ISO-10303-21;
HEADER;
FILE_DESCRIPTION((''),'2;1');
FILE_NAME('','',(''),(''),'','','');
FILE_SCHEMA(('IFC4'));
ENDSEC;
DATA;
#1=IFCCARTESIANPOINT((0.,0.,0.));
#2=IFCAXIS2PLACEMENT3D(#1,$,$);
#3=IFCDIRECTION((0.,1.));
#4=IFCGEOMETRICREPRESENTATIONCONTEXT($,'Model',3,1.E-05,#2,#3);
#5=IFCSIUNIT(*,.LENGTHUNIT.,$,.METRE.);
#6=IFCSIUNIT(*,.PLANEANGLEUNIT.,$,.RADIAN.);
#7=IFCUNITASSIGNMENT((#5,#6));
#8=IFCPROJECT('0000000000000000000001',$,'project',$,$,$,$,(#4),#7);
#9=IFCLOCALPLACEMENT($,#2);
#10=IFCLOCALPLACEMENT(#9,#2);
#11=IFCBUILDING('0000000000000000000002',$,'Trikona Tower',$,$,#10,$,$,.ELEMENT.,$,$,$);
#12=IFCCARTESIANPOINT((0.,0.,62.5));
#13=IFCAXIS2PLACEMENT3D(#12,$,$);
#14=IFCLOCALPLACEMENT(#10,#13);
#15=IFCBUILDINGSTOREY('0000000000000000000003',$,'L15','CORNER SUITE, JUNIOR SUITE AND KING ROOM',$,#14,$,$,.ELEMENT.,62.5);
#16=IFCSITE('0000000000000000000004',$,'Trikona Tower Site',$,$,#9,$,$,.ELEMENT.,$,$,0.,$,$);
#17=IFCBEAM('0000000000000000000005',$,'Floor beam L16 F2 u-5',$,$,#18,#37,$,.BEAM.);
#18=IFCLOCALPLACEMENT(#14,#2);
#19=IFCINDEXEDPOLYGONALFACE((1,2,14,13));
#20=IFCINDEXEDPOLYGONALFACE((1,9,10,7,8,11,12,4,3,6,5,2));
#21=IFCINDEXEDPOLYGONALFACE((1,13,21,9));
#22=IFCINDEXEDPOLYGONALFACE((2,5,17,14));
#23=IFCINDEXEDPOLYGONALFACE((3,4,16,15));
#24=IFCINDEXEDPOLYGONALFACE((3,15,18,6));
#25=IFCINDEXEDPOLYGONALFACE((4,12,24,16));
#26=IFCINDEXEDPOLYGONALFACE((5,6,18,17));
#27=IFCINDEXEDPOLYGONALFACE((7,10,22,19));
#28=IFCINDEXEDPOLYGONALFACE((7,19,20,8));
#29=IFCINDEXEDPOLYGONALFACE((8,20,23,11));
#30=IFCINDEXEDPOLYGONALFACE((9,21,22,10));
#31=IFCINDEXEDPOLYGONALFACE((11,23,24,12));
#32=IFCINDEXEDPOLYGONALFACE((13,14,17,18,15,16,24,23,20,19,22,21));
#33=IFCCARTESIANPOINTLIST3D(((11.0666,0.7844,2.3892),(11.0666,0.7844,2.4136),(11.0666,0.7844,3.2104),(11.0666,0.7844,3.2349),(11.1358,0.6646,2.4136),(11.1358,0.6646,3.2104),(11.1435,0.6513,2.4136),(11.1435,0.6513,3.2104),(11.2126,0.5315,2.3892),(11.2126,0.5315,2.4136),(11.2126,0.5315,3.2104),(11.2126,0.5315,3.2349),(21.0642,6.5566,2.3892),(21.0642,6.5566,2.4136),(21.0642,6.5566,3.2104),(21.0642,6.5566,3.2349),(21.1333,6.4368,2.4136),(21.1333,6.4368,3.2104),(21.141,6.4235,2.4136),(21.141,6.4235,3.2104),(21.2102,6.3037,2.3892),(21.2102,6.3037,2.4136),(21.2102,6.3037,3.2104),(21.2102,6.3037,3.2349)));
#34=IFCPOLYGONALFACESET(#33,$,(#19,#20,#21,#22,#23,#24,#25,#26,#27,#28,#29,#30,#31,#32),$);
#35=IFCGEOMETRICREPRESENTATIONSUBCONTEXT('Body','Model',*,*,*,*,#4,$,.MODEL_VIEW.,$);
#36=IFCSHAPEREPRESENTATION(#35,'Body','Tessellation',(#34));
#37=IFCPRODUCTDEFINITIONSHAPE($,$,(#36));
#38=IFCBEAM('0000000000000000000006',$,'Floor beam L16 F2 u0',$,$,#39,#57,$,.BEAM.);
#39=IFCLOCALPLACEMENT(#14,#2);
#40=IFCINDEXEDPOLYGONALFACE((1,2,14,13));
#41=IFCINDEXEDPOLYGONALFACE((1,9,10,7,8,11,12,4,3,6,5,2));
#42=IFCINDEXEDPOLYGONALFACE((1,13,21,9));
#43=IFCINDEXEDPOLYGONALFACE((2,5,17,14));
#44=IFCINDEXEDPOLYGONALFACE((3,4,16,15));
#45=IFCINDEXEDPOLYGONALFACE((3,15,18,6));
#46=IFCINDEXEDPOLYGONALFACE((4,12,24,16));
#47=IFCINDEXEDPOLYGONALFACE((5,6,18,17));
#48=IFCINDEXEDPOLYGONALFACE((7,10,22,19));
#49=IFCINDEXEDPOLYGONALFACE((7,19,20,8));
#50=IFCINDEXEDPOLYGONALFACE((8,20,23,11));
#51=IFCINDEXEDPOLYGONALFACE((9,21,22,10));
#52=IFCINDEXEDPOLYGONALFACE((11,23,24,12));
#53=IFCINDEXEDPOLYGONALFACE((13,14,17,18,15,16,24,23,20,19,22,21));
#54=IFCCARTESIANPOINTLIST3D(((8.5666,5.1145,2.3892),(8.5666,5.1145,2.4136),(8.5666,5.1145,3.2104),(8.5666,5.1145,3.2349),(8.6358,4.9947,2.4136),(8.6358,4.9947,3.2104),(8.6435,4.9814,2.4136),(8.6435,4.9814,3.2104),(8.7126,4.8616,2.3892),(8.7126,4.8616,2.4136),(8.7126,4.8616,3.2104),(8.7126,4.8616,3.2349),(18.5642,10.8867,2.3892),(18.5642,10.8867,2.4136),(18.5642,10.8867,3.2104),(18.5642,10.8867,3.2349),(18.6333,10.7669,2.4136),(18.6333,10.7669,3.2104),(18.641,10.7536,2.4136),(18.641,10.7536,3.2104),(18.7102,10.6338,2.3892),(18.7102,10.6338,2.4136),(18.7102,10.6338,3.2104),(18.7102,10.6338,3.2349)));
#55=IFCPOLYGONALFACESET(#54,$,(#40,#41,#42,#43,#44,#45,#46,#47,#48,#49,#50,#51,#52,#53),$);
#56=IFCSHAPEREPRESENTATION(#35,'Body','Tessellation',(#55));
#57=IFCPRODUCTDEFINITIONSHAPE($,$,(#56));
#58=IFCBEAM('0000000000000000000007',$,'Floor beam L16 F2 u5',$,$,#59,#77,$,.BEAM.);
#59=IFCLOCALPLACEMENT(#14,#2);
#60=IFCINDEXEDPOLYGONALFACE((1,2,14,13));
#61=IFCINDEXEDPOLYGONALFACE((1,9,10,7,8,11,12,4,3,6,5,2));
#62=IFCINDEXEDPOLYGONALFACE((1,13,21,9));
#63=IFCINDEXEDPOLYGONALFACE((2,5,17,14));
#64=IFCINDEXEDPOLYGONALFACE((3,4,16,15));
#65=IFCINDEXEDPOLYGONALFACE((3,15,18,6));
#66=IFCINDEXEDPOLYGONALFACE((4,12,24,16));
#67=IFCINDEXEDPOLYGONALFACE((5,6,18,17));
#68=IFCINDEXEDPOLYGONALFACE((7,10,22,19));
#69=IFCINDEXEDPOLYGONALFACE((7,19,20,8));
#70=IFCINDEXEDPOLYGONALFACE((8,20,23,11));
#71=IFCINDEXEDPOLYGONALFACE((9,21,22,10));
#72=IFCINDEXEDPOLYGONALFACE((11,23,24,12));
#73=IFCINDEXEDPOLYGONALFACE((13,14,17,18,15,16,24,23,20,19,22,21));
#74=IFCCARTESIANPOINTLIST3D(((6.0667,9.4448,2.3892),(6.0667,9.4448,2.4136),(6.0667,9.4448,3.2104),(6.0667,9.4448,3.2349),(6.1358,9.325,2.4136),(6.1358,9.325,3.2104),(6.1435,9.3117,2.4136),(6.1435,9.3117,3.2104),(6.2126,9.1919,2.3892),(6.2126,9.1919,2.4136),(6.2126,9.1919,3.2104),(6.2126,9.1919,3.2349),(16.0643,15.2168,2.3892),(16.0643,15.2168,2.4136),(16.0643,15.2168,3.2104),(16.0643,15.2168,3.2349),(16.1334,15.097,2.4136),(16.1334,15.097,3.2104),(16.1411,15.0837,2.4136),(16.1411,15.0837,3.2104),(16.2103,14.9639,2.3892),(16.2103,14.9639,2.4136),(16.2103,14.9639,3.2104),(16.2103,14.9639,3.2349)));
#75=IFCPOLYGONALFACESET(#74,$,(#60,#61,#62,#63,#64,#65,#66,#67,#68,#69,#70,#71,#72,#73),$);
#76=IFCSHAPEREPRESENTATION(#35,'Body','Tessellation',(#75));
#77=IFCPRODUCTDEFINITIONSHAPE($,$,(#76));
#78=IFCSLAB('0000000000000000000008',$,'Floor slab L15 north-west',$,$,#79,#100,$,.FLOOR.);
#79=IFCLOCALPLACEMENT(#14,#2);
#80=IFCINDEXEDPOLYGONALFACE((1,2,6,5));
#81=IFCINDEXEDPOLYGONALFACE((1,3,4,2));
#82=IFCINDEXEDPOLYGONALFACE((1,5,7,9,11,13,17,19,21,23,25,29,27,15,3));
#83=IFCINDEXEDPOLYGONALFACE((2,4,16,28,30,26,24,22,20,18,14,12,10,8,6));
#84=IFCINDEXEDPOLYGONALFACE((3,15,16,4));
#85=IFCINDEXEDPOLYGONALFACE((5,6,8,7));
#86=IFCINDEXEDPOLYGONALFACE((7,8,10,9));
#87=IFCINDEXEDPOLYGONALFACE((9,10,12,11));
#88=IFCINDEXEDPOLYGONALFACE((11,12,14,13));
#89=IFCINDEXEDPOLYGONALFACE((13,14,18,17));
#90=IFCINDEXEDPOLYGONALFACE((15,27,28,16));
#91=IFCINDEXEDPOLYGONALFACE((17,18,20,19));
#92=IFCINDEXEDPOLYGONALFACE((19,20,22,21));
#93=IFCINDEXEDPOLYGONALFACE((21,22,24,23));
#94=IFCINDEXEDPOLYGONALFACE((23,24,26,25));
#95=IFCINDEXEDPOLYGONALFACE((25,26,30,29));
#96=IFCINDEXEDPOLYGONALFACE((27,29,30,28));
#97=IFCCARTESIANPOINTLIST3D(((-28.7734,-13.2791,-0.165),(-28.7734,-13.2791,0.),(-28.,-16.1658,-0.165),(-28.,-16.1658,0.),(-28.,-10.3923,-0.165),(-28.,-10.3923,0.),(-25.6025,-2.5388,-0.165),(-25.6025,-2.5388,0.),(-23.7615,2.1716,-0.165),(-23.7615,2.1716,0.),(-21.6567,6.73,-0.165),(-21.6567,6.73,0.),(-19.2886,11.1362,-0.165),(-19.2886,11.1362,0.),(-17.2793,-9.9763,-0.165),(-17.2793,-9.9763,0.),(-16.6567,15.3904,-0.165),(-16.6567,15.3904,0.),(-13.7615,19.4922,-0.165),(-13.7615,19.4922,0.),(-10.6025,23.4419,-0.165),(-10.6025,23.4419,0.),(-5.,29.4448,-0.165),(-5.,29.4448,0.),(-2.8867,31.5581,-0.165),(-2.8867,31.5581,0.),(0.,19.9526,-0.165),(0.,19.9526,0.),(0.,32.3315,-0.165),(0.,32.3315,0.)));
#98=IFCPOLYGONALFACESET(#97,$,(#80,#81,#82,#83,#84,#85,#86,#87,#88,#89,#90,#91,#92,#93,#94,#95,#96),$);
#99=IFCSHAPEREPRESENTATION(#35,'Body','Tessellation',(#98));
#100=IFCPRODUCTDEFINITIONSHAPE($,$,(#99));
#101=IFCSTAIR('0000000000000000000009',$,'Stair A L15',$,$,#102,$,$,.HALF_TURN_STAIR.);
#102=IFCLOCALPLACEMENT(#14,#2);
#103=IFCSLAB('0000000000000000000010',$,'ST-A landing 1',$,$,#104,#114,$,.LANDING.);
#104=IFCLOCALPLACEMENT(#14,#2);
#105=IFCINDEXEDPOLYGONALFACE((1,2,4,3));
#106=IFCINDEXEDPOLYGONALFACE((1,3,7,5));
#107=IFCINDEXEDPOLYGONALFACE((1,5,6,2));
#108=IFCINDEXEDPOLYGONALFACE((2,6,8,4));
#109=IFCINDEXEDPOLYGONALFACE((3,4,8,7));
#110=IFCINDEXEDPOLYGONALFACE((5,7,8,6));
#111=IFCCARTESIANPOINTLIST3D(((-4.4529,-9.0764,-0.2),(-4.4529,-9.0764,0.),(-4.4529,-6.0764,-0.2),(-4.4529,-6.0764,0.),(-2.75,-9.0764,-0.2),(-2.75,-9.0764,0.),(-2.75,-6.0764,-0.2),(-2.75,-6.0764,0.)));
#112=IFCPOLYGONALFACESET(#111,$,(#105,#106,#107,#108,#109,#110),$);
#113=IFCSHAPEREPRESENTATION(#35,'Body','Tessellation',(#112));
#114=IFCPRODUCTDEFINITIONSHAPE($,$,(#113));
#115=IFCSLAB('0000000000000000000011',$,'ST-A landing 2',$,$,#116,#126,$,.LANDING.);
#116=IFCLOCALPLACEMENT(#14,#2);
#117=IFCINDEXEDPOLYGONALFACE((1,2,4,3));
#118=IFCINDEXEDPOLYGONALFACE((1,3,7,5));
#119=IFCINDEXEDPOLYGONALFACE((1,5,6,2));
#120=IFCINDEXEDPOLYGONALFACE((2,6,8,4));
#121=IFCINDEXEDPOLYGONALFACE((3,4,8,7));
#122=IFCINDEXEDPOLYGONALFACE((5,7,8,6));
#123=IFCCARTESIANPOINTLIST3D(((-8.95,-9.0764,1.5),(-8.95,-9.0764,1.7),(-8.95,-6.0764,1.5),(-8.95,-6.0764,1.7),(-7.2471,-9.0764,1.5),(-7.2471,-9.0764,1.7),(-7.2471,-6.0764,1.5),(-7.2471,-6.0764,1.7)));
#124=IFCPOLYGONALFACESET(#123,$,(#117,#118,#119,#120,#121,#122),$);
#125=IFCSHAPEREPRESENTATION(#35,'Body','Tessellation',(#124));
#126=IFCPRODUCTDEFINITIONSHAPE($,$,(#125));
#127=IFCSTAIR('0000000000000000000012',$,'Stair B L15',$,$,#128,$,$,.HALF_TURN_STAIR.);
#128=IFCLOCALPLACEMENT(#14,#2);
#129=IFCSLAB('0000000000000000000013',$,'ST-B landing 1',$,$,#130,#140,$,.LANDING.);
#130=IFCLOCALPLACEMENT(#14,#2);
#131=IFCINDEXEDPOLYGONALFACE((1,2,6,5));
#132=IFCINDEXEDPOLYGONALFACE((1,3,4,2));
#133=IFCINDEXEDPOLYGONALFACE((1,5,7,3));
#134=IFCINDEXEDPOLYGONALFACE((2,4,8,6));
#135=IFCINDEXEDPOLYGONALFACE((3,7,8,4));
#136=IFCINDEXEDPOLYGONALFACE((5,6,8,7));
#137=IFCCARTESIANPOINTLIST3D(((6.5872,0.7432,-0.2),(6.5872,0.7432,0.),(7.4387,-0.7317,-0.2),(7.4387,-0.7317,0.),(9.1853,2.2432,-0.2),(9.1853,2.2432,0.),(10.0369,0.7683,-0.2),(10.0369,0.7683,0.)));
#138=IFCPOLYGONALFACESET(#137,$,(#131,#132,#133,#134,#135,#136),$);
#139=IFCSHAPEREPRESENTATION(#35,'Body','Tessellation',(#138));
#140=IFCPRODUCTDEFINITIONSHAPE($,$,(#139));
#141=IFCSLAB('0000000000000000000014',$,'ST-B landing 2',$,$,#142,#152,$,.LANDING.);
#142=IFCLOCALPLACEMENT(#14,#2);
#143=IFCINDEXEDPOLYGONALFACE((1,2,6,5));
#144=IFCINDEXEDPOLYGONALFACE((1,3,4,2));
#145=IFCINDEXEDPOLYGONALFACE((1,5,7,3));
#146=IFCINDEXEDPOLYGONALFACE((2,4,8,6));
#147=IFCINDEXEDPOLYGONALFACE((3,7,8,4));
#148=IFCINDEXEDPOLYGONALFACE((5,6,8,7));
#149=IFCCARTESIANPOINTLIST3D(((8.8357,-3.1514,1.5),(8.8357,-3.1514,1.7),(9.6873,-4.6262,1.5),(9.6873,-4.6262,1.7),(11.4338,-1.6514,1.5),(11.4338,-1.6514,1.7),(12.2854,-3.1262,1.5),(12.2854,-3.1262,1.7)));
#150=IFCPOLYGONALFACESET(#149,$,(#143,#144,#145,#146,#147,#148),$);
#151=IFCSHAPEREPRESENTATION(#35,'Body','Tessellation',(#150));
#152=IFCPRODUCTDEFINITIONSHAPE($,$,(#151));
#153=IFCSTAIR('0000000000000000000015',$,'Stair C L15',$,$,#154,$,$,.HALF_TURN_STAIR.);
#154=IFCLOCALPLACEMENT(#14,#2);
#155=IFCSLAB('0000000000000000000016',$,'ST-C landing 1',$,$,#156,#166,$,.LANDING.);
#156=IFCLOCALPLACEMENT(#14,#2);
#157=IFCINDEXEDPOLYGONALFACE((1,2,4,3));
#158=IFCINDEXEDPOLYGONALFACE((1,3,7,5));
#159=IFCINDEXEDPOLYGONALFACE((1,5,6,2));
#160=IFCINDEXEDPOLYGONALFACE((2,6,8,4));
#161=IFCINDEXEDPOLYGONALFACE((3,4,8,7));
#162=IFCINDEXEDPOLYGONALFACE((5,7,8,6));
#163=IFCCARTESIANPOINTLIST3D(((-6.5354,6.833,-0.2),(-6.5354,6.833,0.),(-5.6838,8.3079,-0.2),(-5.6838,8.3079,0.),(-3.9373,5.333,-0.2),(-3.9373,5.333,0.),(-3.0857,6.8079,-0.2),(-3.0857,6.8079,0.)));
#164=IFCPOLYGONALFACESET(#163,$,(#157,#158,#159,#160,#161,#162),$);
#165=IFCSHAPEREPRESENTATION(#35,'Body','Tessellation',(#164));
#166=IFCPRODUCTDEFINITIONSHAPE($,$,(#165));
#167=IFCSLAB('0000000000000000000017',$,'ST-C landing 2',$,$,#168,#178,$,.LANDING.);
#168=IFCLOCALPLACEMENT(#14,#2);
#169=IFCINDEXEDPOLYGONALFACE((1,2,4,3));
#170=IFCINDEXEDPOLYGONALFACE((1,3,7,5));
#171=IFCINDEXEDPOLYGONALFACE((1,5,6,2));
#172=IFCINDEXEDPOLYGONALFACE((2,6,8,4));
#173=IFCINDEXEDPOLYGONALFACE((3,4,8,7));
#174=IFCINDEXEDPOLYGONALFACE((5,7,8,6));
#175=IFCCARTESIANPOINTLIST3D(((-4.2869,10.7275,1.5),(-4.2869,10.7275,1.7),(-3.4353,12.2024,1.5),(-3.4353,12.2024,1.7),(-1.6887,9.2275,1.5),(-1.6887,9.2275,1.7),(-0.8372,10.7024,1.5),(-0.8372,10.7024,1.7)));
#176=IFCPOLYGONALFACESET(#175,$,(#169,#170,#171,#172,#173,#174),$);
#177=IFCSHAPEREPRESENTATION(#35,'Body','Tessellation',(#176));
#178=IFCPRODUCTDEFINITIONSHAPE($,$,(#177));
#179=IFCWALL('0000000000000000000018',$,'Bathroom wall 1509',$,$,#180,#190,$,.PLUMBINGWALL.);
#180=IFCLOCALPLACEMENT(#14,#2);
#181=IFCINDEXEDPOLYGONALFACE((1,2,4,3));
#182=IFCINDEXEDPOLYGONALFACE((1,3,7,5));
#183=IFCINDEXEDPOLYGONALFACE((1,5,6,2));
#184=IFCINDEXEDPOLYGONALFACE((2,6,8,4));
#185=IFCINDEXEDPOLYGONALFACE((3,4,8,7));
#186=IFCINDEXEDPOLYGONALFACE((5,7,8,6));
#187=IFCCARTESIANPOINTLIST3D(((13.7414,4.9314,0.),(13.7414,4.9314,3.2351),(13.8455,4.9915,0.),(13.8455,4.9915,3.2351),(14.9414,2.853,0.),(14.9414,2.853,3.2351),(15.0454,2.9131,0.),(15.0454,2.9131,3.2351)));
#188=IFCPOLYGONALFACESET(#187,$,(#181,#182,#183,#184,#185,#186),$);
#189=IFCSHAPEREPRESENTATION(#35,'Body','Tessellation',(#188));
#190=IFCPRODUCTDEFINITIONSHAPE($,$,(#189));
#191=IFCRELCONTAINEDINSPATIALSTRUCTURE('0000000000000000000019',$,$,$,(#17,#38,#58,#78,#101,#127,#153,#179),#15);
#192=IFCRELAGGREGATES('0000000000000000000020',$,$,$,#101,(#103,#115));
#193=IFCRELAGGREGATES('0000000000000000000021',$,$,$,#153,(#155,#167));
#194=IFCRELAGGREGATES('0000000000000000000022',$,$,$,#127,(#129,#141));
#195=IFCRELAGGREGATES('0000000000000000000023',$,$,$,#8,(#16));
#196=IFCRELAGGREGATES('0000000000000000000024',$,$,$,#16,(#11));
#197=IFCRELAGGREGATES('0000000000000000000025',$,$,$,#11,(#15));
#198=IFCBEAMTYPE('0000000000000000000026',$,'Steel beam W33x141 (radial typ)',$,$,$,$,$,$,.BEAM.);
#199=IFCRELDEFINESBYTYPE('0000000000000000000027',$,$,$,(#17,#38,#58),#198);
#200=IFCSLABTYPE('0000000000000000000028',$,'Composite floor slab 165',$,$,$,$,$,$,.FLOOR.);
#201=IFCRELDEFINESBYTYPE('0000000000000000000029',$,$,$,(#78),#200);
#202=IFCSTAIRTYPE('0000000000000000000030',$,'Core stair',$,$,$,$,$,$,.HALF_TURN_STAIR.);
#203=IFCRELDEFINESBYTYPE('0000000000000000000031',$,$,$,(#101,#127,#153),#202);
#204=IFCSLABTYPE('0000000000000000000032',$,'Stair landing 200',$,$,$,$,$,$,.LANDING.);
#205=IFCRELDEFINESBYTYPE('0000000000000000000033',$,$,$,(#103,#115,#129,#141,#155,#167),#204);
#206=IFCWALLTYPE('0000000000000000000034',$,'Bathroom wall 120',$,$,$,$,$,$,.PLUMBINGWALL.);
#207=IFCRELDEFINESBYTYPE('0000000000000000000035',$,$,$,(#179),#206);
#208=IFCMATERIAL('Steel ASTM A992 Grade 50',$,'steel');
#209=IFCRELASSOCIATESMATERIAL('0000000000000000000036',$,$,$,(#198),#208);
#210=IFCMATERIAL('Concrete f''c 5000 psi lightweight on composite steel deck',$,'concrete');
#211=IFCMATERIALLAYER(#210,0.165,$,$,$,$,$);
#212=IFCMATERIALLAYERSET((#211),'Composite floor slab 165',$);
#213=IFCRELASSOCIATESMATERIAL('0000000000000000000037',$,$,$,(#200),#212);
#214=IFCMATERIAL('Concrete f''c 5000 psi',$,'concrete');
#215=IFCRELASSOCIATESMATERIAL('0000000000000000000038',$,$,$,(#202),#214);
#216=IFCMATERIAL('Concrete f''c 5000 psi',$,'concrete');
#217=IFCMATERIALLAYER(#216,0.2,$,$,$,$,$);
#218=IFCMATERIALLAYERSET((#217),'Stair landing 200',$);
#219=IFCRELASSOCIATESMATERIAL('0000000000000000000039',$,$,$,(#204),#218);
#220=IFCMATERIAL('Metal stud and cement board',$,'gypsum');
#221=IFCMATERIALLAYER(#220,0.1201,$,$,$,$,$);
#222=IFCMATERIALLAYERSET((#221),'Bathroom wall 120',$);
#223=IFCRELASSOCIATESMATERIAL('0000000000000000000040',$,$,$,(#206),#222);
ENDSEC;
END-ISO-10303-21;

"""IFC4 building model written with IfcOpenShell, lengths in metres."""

from ifc_helpers import new_model, si_unit, direction, frame, frame_2d, origin, origin_2d, place, context, subcontext, project, spatial, polyline, rectangle, i_section, outline, extrude, material, layer, layer_set, material_profile, profile_set, type_object, element, aggregate, save


model = new_model("IFC4")

# Units and contexts
model_context = context("Model", 3, precision=1e-05, world=origin(), true_north=direction((0.0, 1.0)))
body_context = subcontext(model_context, "Body", "Model", "MODEL_VIEW")
ifc_project = project(units=[si_unit("LENGTHUNIT", "METRE"), si_unit("PLANEANGLEUNIT", "RADIAN")], contexts=[model_context])

# Site, building, storey
site_placement = place(None, origin())
site = spatial("IfcSite", under=ifc_project, at=site_placement, Name="Trikona Tower Site", CompositionType="ELEMENT", RefElevation=0.0)
building_placement = place(site_placement, origin())
building = spatial("IfcBuilding", under=site, at=building_placement, Name="Trikona Tower", CompositionType="ELEMENT")
storey_placement = place(building_placement, frame((0.0, 0.0, 62.5)))
storey = spatial("IfcBuildingStorey", under=building, at=storey_placement, Name="L15", Description="CORNER SUITE, JUNIOR SUITE AND KING ROOM", CompositionType="ELEMENT", Elevation=62.5)

# Beams
ifc_material_1 = material(Name="Steel ASTM A992 Grade 50", Category="steel")
ifc_material_profile = material_profile(ifc_material_1, i_section(OverallWidth=0.292, OverallDepth=0.8457, WebThickness=0.0154, FlangeThickness=0.0244, at=origin_2d()), Name="W33X141")
ifc_profile_set = profile_set([ifc_material_profile], Name="Steel ASTM A992 Grade 50")
beam_type = type_object("IfcBeamType", Name="Steel beam W33x141 (radial typ)", PredefinedType="BEAM", material=ifc_profile_set)
for number, where, z_axis, x_axis, name in (
    (1, (11.1396, 0.658, 2.812), (0.866021, 0.500008, 0.0), (-0.500008, 0.866021, 0.0), "Floor beam L16 F2 u-5"),
    (2, (8.6396, 4.988, 2.812), (0.866021, 0.500008, 0.0), (-0.500008, 0.866021, 0.0), "Floor beam L16 F2 u0"),
    (3, (6.1396, 9.3184, 2.812), (0.86603, 0.499992, 0.0), (-0.499992, 0.86603, 0.0), "Floor beam L16 F2 u5"),
):
    element("IfcBeam", number, at=place(storey_placement, frame(where, z_axis=z_axis, x_axis=x_axis)), inside=storey, type_object=beam_type, Name=name, PredefinedType="BEAM", context=body_context, shape_type="SweptSolid", body=[
        extrude(i_section(OverallWidth=0.292, OverallDepth=0.8457, WebThickness=0.0154, FlangeThickness=0.0244, at=origin_2d()), origin(), (0.0, 0.0, 1.0), 11.5442),
    ])

# Slab
ifc_material_2 = material(Name="Concrete f'c 5000 psi lightweight on composite steel deck", Category="concrete")
ifc_layer_1 = layer(ifc_material_2, 0.165)
ifc_layer_set_1 = layer_set([ifc_layer_1], Name="Composite floor slab 165")
slab_type_1 = type_object("IfcSlabType", Name="Composite floor slab 165", PredefinedType="FLOOR", material=ifc_layer_set_1)
slab_1_placement = place(storey_placement, frame((0.0, 0.0, -0.165)))
element("IfcSlab", 4, at=slab_1_placement, inside=storey, type_object=slab_type_1, Name="Floor slab L15 north-west", PredefinedType="FLOOR", context=body_context, shape_type="SweptSolid", body=[
    extrude(outline(polyline([(0.0, 19.9526), (0.0, 32.3315), (-2.8867, 31.5581), (-5.0, 29.4448), (-10.6025, 23.4419), (-13.7615, 19.4922), (-16.6567, 15.3904), (-19.2886, 11.1362), (-21.6567, 6.73), (-23.7615, 2.1716), (-25.6025, -2.5388), (-28.0, -10.3923), (-28.7734, -13.2791), (-28.0, -16.1658), (-17.2793, -9.9763), (0.0, 19.9526)])), origin(), (0.0, 0.0, 1.0), 0.165),
])

# Stairs, slabs
ifc_material_3 = material(Name="Concrete f'c 5000 psi", Category="concrete")
stair_type = type_object("IfcStairType", Name="Core stair", PredefinedType="HALF_TURN_STAIR", material=ifc_material_3)
stair_1_placement = place(storey_placement, origin())
stair_1 = element("IfcStair", 5, at=stair_1_placement, inside=storey, type_object=stair_type, Name="Stair A L15", PredefinedType="HALF_TURN_STAIR")
ifc_material_4 = material(Name="Concrete f'c 5000 psi", Category="concrete")
ifc_layer_2 = layer(ifc_material_4, 0.2)
ifc_layer_set_2 = layer_set([ifc_layer_2], Name="Stair landing 200")
slab_type_2 = type_object("IfcSlabType", Name="Stair landing 200", PredefinedType="LANDING", material=ifc_layer_set_2)
slab_2_placement = place(storey_placement, frame((0.0, 0.0, -0.2)))
slab_2 = element("IfcSlab", 6, at=slab_2_placement, type_object=slab_type_2, Name="ST-A landing 1", PredefinedType="LANDING", context=body_context, shape_type="SweptSolid", body=[
    extrude(outline(polyline([(-4.4529, -6.0764), (-2.75, -6.0764), (-2.75, -9.0764), (-4.4529, -9.0764), (-4.4529, -6.0764)])), origin(), (0.0, 0.0, 1.0), 0.2),
])
slab_3_placement = place(storey_placement, frame((0.0, 0.0, 1.5)))
slab_3 = element("IfcSlab", 7, at=slab_3_placement, type_object=slab_type_2, Name="ST-A landing 2", PredefinedType="LANDING", context=body_context, shape_type="SweptSolid", body=[
    extrude(outline(polyline([(-8.95, -6.0764), (-7.2471, -6.0764), (-7.2471, -9.0764), (-8.95, -9.0764), (-8.95, -6.0764)])), origin(), (0.0, 0.0, 1.0), 0.2),
])
aggregate(stair_1, [slab_2, slab_3])
stair_2_placement = place(storey_placement, origin())
stair_2 = element("IfcStair", 8, at=stair_2_placement, inside=storey, type_object=stair_type, Name="Stair B L15", PredefinedType="HALF_TURN_STAIR")
slab_4_placement = place(storey_placement, frame((0.0, 0.0, -0.2)))
slab_4 = element("IfcSlab", 9, at=slab_4_placement, type_object=slab_type_2, Name="ST-B landing 1", PredefinedType="LANDING", context=body_context, shape_type="SweptSolid", body=[
    extrude(outline(polyline([(7.4387, -0.7317), (6.5872, 0.7432), (9.1853, 2.2432), (10.0369, 0.7683), (7.4387, -0.7317)])), origin(), (0.0, 0.0, 1.0), 0.2),
])
slab_5_placement = place(storey_placement, frame((0.0, 0.0, 1.5)))
slab_5 = element("IfcSlab", 10, at=slab_5_placement, type_object=slab_type_2, Name="ST-B landing 2", PredefinedType="LANDING", context=body_context, shape_type="SweptSolid", body=[
    extrude(outline(polyline([(9.6873, -4.6262), (8.8357, -3.1514), (11.4338, -1.6514), (12.2854, -3.1262), (9.6873, -4.6262)])), origin(), (0.0, 0.0, 1.0), 0.2),
])
stair_3_placement = place(storey_placement, origin())
stair_3 = element("IfcStair", 11, at=stair_3_placement, inside=storey, type_object=stair_type, Name="Stair C L15", PredefinedType="HALF_TURN_STAIR")
slab_6_placement = place(storey_placement, frame((0.0, 0.0, -0.2)))
slab_6 = element("IfcSlab", 12, at=slab_6_placement, type_object=slab_type_2, Name="ST-C landing 1", PredefinedType="LANDING", context=body_context, shape_type="SweptSolid", body=[
    extrude(outline(polyline([(-3.0857, 6.8079), (-3.9373, 5.333), (-6.5354, 6.833), (-5.6838, 8.3079), (-3.0857, 6.8079)])), origin(), (0.0, 0.0, 1.0), 0.2),
])
slab_7_placement = place(storey_placement, frame((0.0, 0.0, 1.5)))
slab_7 = element("IfcSlab", 13, at=slab_7_placement, type_object=slab_type_2, Name="ST-C landing 2", PredefinedType="LANDING", context=body_context, shape_type="SweptSolid", body=[
    extrude(outline(polyline([(-0.8372, 10.7024), (-1.6887, 9.2275), (-4.2869, 10.7275), (-3.4353, 12.2024), (-0.8372, 10.7024)])), origin(), (0.0, 0.0, 1.0), 0.2),
])
aggregate(stair_3, [slab_6, slab_7])

# Wall
ifc_material_5 = material(Name="Metal stud and cement board", Category="gypsum")
ifc_layer_3 = layer(ifc_material_5, 0.1201)
ifc_layer_set_3 = layer_set([ifc_layer_3], Name="Bathroom wall 120")
wall_type_1 = type_object("IfcWallType", Name="Bathroom wall 120", PredefinedType="PLUMBINGWALL", material=ifc_layer_set_3)
wall_1_placement = place(storey_placement, frame((14.9934, 2.8831, 0.0), z_axis=(0.0, 0.0, 1.0), x_axis=(-0.500001, 0.866025, 0.0)))
element("IfcWall", 14, at=wall_1_placement, inside=storey, type_object=wall_type_1, Name="Bathroom wall 1509", PredefinedType="PLUMBINGWALL", context=body_context, shape_type="SweptSolid", body=[
    extrude(rectangle(XDim=2.3999, YDim=0.1201, at=frame_2d((1.2, 0.0))), origin(), (0.0, 0.0, 1.0), 3.2351),
])

aggregate(stair_2, [slab_4, slab_5])

save(model, "model.ifc")
